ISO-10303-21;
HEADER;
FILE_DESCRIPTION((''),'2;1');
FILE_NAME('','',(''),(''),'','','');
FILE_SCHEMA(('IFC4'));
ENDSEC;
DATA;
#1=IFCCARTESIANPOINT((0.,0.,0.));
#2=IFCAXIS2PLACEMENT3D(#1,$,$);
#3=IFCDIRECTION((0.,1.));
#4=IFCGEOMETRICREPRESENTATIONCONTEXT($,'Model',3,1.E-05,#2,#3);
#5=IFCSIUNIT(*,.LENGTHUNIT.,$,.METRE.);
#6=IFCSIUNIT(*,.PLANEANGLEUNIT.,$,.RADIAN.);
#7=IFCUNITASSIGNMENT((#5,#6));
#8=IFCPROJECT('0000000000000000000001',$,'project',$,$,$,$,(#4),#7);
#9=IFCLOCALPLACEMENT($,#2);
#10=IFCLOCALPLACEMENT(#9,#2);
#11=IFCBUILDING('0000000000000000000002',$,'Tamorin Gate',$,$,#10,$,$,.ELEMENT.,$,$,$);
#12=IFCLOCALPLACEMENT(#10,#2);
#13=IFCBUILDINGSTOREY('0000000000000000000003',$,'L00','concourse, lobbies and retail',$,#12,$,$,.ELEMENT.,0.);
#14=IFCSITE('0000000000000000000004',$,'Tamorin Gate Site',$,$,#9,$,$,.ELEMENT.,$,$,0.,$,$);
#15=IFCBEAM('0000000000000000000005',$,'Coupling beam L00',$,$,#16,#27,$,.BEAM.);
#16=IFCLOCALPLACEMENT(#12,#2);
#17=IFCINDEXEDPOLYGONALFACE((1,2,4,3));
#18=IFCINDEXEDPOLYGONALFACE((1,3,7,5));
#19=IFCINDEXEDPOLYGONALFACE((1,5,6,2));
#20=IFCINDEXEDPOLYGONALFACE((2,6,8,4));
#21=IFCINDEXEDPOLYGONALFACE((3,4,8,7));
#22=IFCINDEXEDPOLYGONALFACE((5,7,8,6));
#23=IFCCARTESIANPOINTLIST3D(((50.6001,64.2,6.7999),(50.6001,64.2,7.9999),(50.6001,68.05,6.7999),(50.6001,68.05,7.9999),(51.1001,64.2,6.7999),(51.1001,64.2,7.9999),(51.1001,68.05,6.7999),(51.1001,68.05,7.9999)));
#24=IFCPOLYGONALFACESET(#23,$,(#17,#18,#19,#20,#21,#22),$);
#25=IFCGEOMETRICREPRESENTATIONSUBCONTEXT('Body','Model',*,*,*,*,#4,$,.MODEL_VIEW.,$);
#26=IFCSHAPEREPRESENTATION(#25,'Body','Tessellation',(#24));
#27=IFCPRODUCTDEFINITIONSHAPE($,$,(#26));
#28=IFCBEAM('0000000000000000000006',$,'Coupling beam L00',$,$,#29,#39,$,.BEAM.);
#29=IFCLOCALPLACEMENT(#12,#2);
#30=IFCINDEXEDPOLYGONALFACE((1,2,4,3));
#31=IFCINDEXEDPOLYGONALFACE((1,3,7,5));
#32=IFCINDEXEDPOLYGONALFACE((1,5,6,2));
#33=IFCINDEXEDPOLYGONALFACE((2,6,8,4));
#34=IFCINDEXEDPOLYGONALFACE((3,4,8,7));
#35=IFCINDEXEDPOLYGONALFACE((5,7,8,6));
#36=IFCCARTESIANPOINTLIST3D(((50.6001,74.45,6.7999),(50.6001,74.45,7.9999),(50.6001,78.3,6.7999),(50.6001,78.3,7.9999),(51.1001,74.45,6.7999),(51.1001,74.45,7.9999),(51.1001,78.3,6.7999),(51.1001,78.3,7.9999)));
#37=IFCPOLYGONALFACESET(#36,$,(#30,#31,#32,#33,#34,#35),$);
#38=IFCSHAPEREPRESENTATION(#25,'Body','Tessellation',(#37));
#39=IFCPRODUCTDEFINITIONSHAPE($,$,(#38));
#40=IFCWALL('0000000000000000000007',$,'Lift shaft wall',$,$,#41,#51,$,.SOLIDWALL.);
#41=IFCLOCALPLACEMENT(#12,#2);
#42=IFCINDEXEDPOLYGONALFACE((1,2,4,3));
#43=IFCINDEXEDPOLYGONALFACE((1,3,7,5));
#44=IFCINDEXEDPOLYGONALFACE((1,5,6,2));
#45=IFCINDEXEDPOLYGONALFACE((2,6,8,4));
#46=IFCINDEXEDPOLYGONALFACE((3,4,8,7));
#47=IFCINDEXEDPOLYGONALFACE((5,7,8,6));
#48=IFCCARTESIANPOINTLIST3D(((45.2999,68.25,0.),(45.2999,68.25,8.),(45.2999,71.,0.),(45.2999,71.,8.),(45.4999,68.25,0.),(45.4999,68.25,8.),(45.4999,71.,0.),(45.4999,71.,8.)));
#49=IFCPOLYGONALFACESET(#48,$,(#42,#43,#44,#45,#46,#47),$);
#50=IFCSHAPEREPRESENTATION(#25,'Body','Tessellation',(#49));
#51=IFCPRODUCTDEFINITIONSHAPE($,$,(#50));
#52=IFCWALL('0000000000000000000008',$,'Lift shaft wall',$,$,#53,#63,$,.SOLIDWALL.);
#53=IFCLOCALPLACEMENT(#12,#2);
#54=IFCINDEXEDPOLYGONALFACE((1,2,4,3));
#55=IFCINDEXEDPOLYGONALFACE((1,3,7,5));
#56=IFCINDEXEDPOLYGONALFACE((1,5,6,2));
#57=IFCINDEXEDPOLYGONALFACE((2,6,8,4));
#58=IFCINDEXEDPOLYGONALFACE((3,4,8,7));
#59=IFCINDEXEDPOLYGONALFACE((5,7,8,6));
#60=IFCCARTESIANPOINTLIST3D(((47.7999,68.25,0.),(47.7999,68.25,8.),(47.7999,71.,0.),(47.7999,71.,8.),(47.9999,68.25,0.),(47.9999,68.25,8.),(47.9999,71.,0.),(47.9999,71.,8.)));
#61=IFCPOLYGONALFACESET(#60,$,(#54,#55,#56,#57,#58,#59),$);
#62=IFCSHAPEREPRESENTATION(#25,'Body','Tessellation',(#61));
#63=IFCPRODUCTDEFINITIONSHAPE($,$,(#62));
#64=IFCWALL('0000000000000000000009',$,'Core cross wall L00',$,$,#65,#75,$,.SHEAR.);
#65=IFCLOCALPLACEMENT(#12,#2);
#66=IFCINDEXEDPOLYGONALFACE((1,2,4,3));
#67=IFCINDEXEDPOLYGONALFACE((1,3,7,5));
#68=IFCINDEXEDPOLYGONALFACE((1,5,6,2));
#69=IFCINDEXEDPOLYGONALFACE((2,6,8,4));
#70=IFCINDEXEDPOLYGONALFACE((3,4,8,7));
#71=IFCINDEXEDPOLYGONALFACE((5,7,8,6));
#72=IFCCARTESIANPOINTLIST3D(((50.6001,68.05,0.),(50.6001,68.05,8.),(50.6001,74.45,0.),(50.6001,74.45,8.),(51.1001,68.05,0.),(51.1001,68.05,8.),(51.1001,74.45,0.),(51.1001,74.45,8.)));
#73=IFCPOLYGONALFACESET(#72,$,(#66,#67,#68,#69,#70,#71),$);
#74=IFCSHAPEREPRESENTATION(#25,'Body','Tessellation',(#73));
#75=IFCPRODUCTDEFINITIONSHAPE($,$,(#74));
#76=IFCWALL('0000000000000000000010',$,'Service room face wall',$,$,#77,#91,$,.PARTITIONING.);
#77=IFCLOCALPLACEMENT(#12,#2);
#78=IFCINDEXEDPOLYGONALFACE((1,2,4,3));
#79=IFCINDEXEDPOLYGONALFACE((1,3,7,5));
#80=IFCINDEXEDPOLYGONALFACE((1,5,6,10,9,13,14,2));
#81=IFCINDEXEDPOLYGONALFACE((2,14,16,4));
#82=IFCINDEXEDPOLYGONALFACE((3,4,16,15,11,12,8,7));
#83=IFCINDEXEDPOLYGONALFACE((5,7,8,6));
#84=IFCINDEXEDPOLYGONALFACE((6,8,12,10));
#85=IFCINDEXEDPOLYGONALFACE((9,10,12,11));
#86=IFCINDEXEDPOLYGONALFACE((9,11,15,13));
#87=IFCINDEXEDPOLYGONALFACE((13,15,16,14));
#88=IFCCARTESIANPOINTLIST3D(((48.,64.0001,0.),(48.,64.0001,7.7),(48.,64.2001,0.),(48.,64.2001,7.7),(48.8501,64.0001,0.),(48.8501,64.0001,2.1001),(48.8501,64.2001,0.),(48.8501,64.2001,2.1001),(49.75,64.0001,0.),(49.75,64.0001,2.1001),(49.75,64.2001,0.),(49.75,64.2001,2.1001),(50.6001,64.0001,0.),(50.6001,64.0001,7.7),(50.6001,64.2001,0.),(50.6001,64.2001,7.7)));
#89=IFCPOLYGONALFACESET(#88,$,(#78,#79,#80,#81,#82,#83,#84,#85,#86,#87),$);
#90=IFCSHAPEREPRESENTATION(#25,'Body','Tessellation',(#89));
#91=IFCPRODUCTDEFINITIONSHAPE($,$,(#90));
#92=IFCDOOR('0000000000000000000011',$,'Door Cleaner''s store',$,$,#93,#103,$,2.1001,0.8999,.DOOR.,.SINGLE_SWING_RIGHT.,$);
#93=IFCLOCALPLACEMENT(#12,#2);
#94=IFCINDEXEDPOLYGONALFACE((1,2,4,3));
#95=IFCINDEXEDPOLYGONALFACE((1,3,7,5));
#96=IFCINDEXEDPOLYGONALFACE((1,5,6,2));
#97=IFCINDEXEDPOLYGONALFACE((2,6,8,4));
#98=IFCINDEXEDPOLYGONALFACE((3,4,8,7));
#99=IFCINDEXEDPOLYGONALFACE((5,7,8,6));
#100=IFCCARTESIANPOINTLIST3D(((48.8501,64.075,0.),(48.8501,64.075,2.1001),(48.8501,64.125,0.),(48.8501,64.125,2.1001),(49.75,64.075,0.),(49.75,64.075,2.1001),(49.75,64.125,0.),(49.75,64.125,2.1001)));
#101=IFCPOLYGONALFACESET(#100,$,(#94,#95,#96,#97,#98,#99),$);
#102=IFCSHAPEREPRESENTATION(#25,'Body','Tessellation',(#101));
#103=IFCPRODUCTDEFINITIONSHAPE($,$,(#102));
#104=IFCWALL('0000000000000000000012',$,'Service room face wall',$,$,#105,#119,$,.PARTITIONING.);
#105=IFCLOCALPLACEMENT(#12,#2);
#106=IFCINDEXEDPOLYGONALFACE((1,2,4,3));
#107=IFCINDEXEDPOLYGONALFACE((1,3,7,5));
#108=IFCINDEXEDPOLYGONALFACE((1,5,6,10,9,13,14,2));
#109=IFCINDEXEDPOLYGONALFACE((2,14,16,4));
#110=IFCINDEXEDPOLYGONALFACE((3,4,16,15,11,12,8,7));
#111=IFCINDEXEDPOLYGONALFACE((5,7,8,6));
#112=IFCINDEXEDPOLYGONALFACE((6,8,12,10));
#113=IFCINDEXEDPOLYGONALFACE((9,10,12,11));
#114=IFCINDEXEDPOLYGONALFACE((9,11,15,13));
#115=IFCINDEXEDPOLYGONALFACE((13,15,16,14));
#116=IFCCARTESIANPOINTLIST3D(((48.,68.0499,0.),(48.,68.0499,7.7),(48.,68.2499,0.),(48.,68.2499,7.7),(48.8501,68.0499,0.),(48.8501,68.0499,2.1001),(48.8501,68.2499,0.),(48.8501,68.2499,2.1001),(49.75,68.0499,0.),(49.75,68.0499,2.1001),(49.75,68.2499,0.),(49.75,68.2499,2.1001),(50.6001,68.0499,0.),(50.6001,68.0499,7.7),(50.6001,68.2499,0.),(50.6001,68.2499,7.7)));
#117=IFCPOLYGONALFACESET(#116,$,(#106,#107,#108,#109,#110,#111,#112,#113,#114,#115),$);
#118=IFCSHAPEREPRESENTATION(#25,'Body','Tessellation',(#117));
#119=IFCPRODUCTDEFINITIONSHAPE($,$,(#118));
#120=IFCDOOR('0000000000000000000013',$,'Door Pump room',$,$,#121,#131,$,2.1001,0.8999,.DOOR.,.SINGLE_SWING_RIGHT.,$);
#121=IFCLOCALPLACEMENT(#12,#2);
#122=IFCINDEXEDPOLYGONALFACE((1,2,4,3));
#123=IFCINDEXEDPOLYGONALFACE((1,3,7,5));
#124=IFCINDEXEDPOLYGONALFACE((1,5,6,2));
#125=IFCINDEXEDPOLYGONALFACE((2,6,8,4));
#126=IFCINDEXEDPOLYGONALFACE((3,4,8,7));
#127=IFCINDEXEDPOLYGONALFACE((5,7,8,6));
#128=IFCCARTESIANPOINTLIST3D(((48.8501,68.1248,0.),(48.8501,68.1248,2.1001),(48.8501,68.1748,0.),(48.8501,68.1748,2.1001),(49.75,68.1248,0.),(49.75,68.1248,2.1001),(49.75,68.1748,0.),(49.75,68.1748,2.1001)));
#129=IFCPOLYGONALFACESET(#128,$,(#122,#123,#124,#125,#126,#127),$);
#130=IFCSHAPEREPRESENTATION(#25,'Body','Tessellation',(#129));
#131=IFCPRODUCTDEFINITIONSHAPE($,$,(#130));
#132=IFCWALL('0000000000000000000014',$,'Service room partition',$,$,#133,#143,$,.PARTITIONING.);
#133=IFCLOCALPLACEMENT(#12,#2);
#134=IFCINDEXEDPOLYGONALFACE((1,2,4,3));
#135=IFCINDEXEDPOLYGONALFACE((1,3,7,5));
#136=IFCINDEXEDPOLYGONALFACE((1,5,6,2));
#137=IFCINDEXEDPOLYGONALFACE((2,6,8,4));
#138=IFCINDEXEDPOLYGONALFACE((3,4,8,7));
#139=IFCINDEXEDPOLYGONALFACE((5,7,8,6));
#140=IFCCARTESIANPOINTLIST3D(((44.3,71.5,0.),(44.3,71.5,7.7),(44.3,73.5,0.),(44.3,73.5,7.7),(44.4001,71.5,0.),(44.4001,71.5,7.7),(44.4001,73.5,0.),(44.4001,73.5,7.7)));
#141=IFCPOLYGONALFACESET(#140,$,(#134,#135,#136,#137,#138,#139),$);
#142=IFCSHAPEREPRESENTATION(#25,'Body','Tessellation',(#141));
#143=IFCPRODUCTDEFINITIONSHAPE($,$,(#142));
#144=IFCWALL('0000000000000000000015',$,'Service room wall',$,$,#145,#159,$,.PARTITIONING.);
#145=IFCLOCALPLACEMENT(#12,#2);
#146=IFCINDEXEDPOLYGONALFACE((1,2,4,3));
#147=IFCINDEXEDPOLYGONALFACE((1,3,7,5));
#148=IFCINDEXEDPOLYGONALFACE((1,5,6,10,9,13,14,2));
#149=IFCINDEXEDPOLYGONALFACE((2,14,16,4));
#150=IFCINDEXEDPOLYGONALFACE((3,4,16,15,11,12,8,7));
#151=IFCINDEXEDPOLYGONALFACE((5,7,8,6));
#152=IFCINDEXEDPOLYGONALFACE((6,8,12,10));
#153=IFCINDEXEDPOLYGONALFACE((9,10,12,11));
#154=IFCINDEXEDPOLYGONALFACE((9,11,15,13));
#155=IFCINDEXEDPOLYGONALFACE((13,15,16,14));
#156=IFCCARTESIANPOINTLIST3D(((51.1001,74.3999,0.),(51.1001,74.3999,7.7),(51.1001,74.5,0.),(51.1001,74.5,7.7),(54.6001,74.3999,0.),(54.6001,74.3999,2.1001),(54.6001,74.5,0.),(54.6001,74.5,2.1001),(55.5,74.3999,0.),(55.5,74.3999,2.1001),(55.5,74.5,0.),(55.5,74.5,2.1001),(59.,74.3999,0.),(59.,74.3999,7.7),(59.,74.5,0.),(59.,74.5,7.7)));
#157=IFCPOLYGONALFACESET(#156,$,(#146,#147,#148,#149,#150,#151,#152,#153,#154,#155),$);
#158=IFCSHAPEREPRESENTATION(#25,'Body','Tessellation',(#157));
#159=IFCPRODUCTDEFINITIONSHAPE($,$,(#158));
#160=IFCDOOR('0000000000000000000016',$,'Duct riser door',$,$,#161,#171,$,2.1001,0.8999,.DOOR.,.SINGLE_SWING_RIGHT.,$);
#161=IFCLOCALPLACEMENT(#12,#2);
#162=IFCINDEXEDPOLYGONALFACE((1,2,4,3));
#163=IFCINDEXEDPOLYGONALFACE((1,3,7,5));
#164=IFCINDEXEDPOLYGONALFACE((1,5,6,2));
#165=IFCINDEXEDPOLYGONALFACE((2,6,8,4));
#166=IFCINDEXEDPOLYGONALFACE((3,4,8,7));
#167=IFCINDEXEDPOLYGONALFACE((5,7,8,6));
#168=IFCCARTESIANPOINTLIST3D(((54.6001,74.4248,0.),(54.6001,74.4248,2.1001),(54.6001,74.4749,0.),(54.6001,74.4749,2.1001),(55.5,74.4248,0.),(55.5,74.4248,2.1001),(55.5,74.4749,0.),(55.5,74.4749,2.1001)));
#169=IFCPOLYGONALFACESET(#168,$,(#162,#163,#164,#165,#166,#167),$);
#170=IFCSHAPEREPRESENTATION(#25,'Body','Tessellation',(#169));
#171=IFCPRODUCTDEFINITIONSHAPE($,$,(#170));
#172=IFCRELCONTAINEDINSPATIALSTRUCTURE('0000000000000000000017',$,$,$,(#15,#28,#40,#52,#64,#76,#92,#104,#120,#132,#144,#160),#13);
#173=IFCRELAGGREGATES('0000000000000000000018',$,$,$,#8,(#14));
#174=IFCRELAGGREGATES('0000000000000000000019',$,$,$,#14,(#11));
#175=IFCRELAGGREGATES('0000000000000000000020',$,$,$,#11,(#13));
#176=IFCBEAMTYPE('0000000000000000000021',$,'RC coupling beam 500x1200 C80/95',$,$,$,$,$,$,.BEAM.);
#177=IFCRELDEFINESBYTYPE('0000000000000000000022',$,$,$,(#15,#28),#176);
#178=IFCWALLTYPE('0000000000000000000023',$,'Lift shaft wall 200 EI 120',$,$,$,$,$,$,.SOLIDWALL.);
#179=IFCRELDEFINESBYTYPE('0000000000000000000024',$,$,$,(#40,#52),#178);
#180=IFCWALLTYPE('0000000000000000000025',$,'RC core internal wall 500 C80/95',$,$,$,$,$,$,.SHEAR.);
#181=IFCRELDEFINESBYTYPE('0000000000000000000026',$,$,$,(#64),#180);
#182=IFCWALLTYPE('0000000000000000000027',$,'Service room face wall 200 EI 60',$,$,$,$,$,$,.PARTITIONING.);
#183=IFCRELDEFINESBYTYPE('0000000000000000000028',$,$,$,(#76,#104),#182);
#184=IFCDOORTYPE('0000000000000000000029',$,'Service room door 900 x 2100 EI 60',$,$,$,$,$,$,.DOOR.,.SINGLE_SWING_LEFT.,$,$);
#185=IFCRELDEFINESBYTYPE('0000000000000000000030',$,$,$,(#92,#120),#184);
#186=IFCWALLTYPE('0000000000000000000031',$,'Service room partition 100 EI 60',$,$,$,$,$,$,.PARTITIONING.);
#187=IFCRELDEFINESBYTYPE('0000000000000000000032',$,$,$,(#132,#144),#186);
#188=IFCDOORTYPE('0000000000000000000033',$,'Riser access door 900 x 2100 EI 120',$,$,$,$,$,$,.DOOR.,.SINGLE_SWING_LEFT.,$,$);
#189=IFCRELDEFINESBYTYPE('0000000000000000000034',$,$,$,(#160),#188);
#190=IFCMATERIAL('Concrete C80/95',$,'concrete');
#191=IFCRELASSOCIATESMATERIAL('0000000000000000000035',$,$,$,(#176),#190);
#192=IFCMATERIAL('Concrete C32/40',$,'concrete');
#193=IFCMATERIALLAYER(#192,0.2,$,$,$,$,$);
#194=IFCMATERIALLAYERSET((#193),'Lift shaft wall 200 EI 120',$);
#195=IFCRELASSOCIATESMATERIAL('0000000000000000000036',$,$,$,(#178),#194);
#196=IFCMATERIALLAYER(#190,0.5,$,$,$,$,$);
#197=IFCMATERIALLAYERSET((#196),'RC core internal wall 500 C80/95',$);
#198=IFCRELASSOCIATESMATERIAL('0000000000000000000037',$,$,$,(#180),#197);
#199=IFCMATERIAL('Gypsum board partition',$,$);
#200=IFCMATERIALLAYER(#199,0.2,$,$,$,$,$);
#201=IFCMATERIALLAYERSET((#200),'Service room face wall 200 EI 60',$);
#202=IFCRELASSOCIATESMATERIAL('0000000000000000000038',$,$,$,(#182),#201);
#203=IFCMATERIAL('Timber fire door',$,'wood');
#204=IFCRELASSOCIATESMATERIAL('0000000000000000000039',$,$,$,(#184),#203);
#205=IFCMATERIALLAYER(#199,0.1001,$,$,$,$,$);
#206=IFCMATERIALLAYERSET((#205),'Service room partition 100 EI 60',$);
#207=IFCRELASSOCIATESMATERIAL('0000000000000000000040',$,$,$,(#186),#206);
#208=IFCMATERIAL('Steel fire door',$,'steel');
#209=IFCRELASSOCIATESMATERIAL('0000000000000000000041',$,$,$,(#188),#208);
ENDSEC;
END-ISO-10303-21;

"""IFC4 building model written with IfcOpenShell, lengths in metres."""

from ifc_helpers import new_model, si_unit, direction, frame, frame_2d, origin, origin_2d, place, context, subcontext, project, spatial, rectangle, extrude, material, layer, layer_set, material_profile, profile_set, type_object, element, fill, save


model = new_model("IFC4")

# Units and contexts
model_context = context("Model", 3, precision=1e-05, world=origin(), true_north=direction((0.0, 1.0)))
body_context = subcontext(model_context, "Body", "Model", "MODEL_VIEW")
ifc_project = project(units=[si_unit("LENGTHUNIT", "METRE"), si_unit("PLANEANGLEUNIT", "RADIAN")], contexts=[model_context])

# Site, building, storey
site_placement = place(None, origin())
site = spatial("IfcSite", under=ifc_project, at=site_placement, Name="Tamorin Gate Site", CompositionType="ELEMENT", RefElevation=0.0)
building_placement = place(site_placement, origin())
building = spatial("IfcBuilding", under=site, at=building_placement, Name="Tamorin Gate", CompositionType="ELEMENT")
storey_placement = place(building_placement, origin())
storey = spatial("IfcBuildingStorey", under=building, at=storey_placement, Name="L00", Description="concourse, lobbies and retail", CompositionType="ELEMENT", Elevation=0.0)

# Beams
ifc_material_1 = material(Name="Concrete C80/95", Category="concrete")
ifc_material_profile = material_profile(ifc_material_1, rectangle(XDim=0.5, YDim=1.2, at=origin_2d()), Name="RC 500x1200")
ifc_profile_set = profile_set([ifc_material_profile], Name="Concrete C80/95")
beam_type = type_object("IfcBeamType", Name="RC coupling beam 500x1200 C80/95", PredefinedType="BEAM", material=ifc_profile_set)
for number, where, z_axis, x_axis, name in (
    (1, (50.8501, 64.2, 7.3999), (0.0, 1.0, 0.0), (-1.0, 0.0, 0.0), "Coupling beam L00"),
    (2, (50.8501, 74.45, 7.3999), (0.0, 1.0, 0.0), (-1.0, 0.0, 0.0), "Coupling beam L00"),
):
    element("IfcBeam", number, at=place(storey_placement, frame(where, z_axis=z_axis, x_axis=x_axis)), inside=storey, type_object=beam_type, Name=name, PredefinedType="BEAM", context=body_context, shape_type="SweptSolid", body=[
        extrude(rectangle(XDim=0.5, YDim=1.2, at=origin_2d()), origin(), (0.0, 0.0, 1.0), 3.8501),
    ])

# Walls
ifc_material_2 = material(Name="Concrete C32/40", Category="concrete")
ifc_layer_1 = layer(ifc_material_2, 0.2)
ifc_layer_set_1 = layer_set([ifc_layer_1], Name="Lift shaft wall 200 EI 120")
wall_type_1 = type_object("IfcWallType", Name="Lift shaft wall 200 EI 120", PredefinedType="SOLIDWALL", material=ifc_layer_set_1)
for number, where, z_axis, x_axis, name in (
    (3, (45.3999, 68.25, 0.0), (0.0, 0.0, 1.0), (0.0, 1.0, 0.0), "Lift shaft wall"),
    (4, (47.8999, 68.25, 0.0), (0.0, 0.0, 1.0), (0.0, 1.0, 0.0), "Lift shaft wall"),
):
    element("IfcWall", number, at=place(storey_placement, frame(where, z_axis=z_axis, x_axis=x_axis)), inside=storey, type_object=wall_type_1, Name=name, PredefinedType="SOLIDWALL", context=body_context, shape_type="SweptSolid", body=[
        extrude(rectangle(XDim=2.75, YDim=0.2, at=frame_2d((1.375, 0.0))), origin(), (0.0, 0.0, 1.0), 8.0),
    ])
ifc_layer_2 = layer(ifc_material_1, 0.5)
ifc_layer_set_2 = layer_set([ifc_layer_2], Name="RC core internal wall 500 C80/95")
wall_type_2 = type_object("IfcWallType", Name="RC core internal wall 500 C80/95", PredefinedType="SHEAR", material=ifc_layer_set_2)
wall_1_placement = place(storey_placement, frame((50.8501, 68.05, 0.0), z_axis=(0.0, 0.0, 1.0), x_axis=(0.0, 1.0, 0.0)))
element("IfcWall", 5, at=wall_1_placement, inside=storey, type_object=wall_type_2, Name="Core cross wall L00", PredefinedType="SHEAR", context=body_context, shape_type="SweptSolid", body=[
    extrude(rectangle(XDim=6.3999, YDim=0.5, at=frame_2d((3.2, 0.0))), origin(), (0.0, 0.0, 1.0), 8.0),
])

# Walls, openings, doors
ifc_material_3 = material(Name="Gypsum board partition")
ifc_layer_3 = layer(ifc_material_3, 0.2)
ifc_layer_set_3 = layer_set([ifc_layer_3], Name="Service room face wall 200 EI 60")
wall_type_3 = type_object("IfcWallType", Name="Service room face wall 200 EI 60", PredefinedType="PARTITIONING", material=ifc_layer_set_3)
wall_2_placement = place(storey_placement, frame((48.0, 64.1001, 0.0), z_axis=(0.0, 0.0, 1.0), x_axis=(1.0, 0.0, 0.0)))
wall_2 = element("IfcWall", 6, at=wall_2_placement, inside=storey, type_object=wall_type_3, Name="Service room face wall", PredefinedType="PARTITIONING", context=body_context, shape_type="SweptSolid", body=[
    extrude(rectangle(XDim=2.6001, YDim=0.2, at=frame_2d((1.3, 0.0))), origin(), (0.0, 0.0, 1.0), 7.7),
])
opening_1_placement = place(wall_2_placement, frame((0.8501, 0.0, 0.0)))
opening_1 = element("IfcOpeningElement", 7, at=opening_1_placement, cuts=wall_2, PredefinedType="OPENING", context=body_context, shape_type="SweptSolid", body=[
    extrude(rectangle(XDim=0.8999, YDim=2.1001, at=frame_2d((0.45, 1.05))), frame((0.0, 0.1099, 0.0), z_axis=(0.0, -1.0, 0.0), x_axis=(1.0, 0.0, 0.0)), (0.0, 0.0, 1.0), 0.22),
])
ifc_material_4 = material(Name="Timber fire door", Category="wood")
door_type_1 = type_object("IfcDoorType", Name="Service room door 900 x 2100 EI 60", OperationType="SINGLE_SWING_LEFT", PredefinedType="DOOR", material=ifc_material_4)
door_1_placement = place(opening_1_placement, origin())
door_1 = element("IfcDoor", 8, at=door_1_placement, inside=storey, type_object=door_type_1, Name="Door Cleaner's store", OperationType="SINGLE_SWING_RIGHT", OverallHeight=2.1001, OverallWidth=0.8999, PredefinedType="DOOR", context=body_context, shape_type="SweptSolid", body=[
    extrude(rectangle(XDim=0.8999, YDim=2.1001, at=frame_2d((0.45, 1.05))), frame((0.0, 0.0249, 0.0), z_axis=(0.0, -1.0, 0.0), x_axis=(1.0, 0.0, 0.0)), (0.0, 0.0, 1.0), 0.05),
])
fill(opening_1, door_1)
wall_3_placement = place(storey_placement, frame((48.0, 68.1499, 0.0), z_axis=(0.0, 0.0, 1.0), x_axis=(1.0, 0.0, 0.0)))
wall_3 = element("IfcWall", 9, at=wall_3_placement, inside=storey, type_object=wall_type_3, Name="Service room face wall", PredefinedType="PARTITIONING", context=body_context, shape_type="SweptSolid", body=[
    extrude(rectangle(XDim=2.6001, YDim=0.2, at=frame_2d((1.3, 0.0))), origin(), (0.0, 0.0, 1.0), 7.7),
])
opening_2_placement = place(wall_3_placement, frame((0.8501, 0.0, 0.0)))
opening_2 = element("IfcOpeningElement", 10, at=opening_2_placement, cuts=wall_3, PredefinedType="OPENING", context=body_context, shape_type="SweptSolid", body=[
    extrude(rectangle(XDim=0.8999, YDim=2.1001, at=frame_2d((0.45, 1.05))), frame((0.0, 0.1099, 0.0), z_axis=(0.0, -1.0, 0.0), x_axis=(1.0, 0.0, 0.0)), (0.0, 0.0, 1.0), 0.22),
])
door_2_placement = place(opening_2_placement, origin())
door_2 = element("IfcDoor", 11, at=door_2_placement, inside=storey, type_object=door_type_1, Name="Door Pump room", OperationType="SINGLE_SWING_RIGHT", OverallHeight=2.1001, OverallWidth=0.8999, PredefinedType="DOOR", context=body_context, shape_type="SweptSolid", body=[
    extrude(rectangle(XDim=0.8999, YDim=2.1001, at=frame_2d((0.45, 1.05))), frame((0.0, 0.0249, 0.0), z_axis=(0.0, -1.0, 0.0), x_axis=(1.0, 0.0, 0.0)), (0.0, 0.0, 1.0), 0.05),
])
fill(opening_2, door_2)

# Wall
ifc_layer_4 = layer(ifc_material_3, 0.1001)
ifc_layer_set_4 = layer_set([ifc_layer_4], Name="Service room partition 100 EI 60")
wall_type_4 = type_object("IfcWallType", Name="Service room partition 100 EI 60", PredefinedType="PARTITIONING", material=ifc_layer_set_4)
wall_4_placement = place(storey_placement, frame((44.3501, 71.5, 0.0), z_axis=(0.0, 0.0, 1.0), x_axis=(0.0, 1.0, 0.0)))
element("IfcWall", 12, at=wall_4_placement, inside=storey, type_object=wall_type_4, Name="Service room partition", PredefinedType="PARTITIONING", context=body_context, shape_type="SweptSolid", body=[
    extrude(rectangle(XDim=2.0, YDim=0.1001, at=frame_2d((1.0, 0.0))), origin(), (0.0, 0.0, 1.0), 7.7),
])

# Wall, opening, door
wall_5_placement = place(storey_placement, frame((51.1001, 74.45, 0.0), z_axis=(0.0, 0.0, 1.0), x_axis=(1.0, 0.0, 0.0)))
wall_5 = element("IfcWall", 13, at=wall_5_placement, inside=storey, type_object=wall_type_4, Name="Service room wall", PredefinedType="PARTITIONING", context=body_context, shape_type="SweptSolid", body=[
    extrude(rectangle(XDim=7.8999, YDim=0.1001, at=frame_2d((3.95, 0.0))), origin(), (0.0, 0.0, 1.0), 7.7),
])
opening_3_placement = place(wall_5_placement, frame((3.5, 0.0, 0.0)))
opening_3 = element("IfcOpeningElement", 14, at=opening_3_placement, cuts=wall_5, PredefinedType="OPENING", context=body_context, shape_type="SweptSolid", body=[
    extrude(rectangle(XDim=0.8999, YDim=2.1001, at=frame_2d((0.45, 1.05))), frame((0.0, 0.0601, 0.0), z_axis=(0.0, -1.0, 0.0), x_axis=(1.0, 0.0, 0.0)), (0.0, 0.0, 1.0), 0.1201),
])
ifc_material_5 = material(Name="Steel fire door", Category="steel")
door_type_2 = type_object("IfcDoorType", Name="Riser access door 900 x 2100 EI 120", OperationType="SINGLE_SWING_LEFT", PredefinedType="DOOR", material=ifc_material_5)
door_3_placement = place(opening_3_placement, origin())
door_3 = element("IfcDoor", 15, at=door_3_placement, inside=storey, type_object=door_type_2, Name="Duct riser door", OperationType="SINGLE_SWING_RIGHT", OverallHeight=2.1001, OverallWidth=0.8999, PredefinedType="DOOR", context=body_context, shape_type="SweptSolid", body=[
    extrude(rectangle(XDim=0.8999, YDim=2.1001, at=frame_2d((0.45, 1.05))), frame((0.0, 0.0249, 0.0), z_axis=(0.0, -1.0, 0.0), x_axis=(1.0, 0.0, 0.0)), (0.0, 0.0, 1.0), 0.05),
])
fill(opening_3, door_3)

save(model, "model.ifc")
